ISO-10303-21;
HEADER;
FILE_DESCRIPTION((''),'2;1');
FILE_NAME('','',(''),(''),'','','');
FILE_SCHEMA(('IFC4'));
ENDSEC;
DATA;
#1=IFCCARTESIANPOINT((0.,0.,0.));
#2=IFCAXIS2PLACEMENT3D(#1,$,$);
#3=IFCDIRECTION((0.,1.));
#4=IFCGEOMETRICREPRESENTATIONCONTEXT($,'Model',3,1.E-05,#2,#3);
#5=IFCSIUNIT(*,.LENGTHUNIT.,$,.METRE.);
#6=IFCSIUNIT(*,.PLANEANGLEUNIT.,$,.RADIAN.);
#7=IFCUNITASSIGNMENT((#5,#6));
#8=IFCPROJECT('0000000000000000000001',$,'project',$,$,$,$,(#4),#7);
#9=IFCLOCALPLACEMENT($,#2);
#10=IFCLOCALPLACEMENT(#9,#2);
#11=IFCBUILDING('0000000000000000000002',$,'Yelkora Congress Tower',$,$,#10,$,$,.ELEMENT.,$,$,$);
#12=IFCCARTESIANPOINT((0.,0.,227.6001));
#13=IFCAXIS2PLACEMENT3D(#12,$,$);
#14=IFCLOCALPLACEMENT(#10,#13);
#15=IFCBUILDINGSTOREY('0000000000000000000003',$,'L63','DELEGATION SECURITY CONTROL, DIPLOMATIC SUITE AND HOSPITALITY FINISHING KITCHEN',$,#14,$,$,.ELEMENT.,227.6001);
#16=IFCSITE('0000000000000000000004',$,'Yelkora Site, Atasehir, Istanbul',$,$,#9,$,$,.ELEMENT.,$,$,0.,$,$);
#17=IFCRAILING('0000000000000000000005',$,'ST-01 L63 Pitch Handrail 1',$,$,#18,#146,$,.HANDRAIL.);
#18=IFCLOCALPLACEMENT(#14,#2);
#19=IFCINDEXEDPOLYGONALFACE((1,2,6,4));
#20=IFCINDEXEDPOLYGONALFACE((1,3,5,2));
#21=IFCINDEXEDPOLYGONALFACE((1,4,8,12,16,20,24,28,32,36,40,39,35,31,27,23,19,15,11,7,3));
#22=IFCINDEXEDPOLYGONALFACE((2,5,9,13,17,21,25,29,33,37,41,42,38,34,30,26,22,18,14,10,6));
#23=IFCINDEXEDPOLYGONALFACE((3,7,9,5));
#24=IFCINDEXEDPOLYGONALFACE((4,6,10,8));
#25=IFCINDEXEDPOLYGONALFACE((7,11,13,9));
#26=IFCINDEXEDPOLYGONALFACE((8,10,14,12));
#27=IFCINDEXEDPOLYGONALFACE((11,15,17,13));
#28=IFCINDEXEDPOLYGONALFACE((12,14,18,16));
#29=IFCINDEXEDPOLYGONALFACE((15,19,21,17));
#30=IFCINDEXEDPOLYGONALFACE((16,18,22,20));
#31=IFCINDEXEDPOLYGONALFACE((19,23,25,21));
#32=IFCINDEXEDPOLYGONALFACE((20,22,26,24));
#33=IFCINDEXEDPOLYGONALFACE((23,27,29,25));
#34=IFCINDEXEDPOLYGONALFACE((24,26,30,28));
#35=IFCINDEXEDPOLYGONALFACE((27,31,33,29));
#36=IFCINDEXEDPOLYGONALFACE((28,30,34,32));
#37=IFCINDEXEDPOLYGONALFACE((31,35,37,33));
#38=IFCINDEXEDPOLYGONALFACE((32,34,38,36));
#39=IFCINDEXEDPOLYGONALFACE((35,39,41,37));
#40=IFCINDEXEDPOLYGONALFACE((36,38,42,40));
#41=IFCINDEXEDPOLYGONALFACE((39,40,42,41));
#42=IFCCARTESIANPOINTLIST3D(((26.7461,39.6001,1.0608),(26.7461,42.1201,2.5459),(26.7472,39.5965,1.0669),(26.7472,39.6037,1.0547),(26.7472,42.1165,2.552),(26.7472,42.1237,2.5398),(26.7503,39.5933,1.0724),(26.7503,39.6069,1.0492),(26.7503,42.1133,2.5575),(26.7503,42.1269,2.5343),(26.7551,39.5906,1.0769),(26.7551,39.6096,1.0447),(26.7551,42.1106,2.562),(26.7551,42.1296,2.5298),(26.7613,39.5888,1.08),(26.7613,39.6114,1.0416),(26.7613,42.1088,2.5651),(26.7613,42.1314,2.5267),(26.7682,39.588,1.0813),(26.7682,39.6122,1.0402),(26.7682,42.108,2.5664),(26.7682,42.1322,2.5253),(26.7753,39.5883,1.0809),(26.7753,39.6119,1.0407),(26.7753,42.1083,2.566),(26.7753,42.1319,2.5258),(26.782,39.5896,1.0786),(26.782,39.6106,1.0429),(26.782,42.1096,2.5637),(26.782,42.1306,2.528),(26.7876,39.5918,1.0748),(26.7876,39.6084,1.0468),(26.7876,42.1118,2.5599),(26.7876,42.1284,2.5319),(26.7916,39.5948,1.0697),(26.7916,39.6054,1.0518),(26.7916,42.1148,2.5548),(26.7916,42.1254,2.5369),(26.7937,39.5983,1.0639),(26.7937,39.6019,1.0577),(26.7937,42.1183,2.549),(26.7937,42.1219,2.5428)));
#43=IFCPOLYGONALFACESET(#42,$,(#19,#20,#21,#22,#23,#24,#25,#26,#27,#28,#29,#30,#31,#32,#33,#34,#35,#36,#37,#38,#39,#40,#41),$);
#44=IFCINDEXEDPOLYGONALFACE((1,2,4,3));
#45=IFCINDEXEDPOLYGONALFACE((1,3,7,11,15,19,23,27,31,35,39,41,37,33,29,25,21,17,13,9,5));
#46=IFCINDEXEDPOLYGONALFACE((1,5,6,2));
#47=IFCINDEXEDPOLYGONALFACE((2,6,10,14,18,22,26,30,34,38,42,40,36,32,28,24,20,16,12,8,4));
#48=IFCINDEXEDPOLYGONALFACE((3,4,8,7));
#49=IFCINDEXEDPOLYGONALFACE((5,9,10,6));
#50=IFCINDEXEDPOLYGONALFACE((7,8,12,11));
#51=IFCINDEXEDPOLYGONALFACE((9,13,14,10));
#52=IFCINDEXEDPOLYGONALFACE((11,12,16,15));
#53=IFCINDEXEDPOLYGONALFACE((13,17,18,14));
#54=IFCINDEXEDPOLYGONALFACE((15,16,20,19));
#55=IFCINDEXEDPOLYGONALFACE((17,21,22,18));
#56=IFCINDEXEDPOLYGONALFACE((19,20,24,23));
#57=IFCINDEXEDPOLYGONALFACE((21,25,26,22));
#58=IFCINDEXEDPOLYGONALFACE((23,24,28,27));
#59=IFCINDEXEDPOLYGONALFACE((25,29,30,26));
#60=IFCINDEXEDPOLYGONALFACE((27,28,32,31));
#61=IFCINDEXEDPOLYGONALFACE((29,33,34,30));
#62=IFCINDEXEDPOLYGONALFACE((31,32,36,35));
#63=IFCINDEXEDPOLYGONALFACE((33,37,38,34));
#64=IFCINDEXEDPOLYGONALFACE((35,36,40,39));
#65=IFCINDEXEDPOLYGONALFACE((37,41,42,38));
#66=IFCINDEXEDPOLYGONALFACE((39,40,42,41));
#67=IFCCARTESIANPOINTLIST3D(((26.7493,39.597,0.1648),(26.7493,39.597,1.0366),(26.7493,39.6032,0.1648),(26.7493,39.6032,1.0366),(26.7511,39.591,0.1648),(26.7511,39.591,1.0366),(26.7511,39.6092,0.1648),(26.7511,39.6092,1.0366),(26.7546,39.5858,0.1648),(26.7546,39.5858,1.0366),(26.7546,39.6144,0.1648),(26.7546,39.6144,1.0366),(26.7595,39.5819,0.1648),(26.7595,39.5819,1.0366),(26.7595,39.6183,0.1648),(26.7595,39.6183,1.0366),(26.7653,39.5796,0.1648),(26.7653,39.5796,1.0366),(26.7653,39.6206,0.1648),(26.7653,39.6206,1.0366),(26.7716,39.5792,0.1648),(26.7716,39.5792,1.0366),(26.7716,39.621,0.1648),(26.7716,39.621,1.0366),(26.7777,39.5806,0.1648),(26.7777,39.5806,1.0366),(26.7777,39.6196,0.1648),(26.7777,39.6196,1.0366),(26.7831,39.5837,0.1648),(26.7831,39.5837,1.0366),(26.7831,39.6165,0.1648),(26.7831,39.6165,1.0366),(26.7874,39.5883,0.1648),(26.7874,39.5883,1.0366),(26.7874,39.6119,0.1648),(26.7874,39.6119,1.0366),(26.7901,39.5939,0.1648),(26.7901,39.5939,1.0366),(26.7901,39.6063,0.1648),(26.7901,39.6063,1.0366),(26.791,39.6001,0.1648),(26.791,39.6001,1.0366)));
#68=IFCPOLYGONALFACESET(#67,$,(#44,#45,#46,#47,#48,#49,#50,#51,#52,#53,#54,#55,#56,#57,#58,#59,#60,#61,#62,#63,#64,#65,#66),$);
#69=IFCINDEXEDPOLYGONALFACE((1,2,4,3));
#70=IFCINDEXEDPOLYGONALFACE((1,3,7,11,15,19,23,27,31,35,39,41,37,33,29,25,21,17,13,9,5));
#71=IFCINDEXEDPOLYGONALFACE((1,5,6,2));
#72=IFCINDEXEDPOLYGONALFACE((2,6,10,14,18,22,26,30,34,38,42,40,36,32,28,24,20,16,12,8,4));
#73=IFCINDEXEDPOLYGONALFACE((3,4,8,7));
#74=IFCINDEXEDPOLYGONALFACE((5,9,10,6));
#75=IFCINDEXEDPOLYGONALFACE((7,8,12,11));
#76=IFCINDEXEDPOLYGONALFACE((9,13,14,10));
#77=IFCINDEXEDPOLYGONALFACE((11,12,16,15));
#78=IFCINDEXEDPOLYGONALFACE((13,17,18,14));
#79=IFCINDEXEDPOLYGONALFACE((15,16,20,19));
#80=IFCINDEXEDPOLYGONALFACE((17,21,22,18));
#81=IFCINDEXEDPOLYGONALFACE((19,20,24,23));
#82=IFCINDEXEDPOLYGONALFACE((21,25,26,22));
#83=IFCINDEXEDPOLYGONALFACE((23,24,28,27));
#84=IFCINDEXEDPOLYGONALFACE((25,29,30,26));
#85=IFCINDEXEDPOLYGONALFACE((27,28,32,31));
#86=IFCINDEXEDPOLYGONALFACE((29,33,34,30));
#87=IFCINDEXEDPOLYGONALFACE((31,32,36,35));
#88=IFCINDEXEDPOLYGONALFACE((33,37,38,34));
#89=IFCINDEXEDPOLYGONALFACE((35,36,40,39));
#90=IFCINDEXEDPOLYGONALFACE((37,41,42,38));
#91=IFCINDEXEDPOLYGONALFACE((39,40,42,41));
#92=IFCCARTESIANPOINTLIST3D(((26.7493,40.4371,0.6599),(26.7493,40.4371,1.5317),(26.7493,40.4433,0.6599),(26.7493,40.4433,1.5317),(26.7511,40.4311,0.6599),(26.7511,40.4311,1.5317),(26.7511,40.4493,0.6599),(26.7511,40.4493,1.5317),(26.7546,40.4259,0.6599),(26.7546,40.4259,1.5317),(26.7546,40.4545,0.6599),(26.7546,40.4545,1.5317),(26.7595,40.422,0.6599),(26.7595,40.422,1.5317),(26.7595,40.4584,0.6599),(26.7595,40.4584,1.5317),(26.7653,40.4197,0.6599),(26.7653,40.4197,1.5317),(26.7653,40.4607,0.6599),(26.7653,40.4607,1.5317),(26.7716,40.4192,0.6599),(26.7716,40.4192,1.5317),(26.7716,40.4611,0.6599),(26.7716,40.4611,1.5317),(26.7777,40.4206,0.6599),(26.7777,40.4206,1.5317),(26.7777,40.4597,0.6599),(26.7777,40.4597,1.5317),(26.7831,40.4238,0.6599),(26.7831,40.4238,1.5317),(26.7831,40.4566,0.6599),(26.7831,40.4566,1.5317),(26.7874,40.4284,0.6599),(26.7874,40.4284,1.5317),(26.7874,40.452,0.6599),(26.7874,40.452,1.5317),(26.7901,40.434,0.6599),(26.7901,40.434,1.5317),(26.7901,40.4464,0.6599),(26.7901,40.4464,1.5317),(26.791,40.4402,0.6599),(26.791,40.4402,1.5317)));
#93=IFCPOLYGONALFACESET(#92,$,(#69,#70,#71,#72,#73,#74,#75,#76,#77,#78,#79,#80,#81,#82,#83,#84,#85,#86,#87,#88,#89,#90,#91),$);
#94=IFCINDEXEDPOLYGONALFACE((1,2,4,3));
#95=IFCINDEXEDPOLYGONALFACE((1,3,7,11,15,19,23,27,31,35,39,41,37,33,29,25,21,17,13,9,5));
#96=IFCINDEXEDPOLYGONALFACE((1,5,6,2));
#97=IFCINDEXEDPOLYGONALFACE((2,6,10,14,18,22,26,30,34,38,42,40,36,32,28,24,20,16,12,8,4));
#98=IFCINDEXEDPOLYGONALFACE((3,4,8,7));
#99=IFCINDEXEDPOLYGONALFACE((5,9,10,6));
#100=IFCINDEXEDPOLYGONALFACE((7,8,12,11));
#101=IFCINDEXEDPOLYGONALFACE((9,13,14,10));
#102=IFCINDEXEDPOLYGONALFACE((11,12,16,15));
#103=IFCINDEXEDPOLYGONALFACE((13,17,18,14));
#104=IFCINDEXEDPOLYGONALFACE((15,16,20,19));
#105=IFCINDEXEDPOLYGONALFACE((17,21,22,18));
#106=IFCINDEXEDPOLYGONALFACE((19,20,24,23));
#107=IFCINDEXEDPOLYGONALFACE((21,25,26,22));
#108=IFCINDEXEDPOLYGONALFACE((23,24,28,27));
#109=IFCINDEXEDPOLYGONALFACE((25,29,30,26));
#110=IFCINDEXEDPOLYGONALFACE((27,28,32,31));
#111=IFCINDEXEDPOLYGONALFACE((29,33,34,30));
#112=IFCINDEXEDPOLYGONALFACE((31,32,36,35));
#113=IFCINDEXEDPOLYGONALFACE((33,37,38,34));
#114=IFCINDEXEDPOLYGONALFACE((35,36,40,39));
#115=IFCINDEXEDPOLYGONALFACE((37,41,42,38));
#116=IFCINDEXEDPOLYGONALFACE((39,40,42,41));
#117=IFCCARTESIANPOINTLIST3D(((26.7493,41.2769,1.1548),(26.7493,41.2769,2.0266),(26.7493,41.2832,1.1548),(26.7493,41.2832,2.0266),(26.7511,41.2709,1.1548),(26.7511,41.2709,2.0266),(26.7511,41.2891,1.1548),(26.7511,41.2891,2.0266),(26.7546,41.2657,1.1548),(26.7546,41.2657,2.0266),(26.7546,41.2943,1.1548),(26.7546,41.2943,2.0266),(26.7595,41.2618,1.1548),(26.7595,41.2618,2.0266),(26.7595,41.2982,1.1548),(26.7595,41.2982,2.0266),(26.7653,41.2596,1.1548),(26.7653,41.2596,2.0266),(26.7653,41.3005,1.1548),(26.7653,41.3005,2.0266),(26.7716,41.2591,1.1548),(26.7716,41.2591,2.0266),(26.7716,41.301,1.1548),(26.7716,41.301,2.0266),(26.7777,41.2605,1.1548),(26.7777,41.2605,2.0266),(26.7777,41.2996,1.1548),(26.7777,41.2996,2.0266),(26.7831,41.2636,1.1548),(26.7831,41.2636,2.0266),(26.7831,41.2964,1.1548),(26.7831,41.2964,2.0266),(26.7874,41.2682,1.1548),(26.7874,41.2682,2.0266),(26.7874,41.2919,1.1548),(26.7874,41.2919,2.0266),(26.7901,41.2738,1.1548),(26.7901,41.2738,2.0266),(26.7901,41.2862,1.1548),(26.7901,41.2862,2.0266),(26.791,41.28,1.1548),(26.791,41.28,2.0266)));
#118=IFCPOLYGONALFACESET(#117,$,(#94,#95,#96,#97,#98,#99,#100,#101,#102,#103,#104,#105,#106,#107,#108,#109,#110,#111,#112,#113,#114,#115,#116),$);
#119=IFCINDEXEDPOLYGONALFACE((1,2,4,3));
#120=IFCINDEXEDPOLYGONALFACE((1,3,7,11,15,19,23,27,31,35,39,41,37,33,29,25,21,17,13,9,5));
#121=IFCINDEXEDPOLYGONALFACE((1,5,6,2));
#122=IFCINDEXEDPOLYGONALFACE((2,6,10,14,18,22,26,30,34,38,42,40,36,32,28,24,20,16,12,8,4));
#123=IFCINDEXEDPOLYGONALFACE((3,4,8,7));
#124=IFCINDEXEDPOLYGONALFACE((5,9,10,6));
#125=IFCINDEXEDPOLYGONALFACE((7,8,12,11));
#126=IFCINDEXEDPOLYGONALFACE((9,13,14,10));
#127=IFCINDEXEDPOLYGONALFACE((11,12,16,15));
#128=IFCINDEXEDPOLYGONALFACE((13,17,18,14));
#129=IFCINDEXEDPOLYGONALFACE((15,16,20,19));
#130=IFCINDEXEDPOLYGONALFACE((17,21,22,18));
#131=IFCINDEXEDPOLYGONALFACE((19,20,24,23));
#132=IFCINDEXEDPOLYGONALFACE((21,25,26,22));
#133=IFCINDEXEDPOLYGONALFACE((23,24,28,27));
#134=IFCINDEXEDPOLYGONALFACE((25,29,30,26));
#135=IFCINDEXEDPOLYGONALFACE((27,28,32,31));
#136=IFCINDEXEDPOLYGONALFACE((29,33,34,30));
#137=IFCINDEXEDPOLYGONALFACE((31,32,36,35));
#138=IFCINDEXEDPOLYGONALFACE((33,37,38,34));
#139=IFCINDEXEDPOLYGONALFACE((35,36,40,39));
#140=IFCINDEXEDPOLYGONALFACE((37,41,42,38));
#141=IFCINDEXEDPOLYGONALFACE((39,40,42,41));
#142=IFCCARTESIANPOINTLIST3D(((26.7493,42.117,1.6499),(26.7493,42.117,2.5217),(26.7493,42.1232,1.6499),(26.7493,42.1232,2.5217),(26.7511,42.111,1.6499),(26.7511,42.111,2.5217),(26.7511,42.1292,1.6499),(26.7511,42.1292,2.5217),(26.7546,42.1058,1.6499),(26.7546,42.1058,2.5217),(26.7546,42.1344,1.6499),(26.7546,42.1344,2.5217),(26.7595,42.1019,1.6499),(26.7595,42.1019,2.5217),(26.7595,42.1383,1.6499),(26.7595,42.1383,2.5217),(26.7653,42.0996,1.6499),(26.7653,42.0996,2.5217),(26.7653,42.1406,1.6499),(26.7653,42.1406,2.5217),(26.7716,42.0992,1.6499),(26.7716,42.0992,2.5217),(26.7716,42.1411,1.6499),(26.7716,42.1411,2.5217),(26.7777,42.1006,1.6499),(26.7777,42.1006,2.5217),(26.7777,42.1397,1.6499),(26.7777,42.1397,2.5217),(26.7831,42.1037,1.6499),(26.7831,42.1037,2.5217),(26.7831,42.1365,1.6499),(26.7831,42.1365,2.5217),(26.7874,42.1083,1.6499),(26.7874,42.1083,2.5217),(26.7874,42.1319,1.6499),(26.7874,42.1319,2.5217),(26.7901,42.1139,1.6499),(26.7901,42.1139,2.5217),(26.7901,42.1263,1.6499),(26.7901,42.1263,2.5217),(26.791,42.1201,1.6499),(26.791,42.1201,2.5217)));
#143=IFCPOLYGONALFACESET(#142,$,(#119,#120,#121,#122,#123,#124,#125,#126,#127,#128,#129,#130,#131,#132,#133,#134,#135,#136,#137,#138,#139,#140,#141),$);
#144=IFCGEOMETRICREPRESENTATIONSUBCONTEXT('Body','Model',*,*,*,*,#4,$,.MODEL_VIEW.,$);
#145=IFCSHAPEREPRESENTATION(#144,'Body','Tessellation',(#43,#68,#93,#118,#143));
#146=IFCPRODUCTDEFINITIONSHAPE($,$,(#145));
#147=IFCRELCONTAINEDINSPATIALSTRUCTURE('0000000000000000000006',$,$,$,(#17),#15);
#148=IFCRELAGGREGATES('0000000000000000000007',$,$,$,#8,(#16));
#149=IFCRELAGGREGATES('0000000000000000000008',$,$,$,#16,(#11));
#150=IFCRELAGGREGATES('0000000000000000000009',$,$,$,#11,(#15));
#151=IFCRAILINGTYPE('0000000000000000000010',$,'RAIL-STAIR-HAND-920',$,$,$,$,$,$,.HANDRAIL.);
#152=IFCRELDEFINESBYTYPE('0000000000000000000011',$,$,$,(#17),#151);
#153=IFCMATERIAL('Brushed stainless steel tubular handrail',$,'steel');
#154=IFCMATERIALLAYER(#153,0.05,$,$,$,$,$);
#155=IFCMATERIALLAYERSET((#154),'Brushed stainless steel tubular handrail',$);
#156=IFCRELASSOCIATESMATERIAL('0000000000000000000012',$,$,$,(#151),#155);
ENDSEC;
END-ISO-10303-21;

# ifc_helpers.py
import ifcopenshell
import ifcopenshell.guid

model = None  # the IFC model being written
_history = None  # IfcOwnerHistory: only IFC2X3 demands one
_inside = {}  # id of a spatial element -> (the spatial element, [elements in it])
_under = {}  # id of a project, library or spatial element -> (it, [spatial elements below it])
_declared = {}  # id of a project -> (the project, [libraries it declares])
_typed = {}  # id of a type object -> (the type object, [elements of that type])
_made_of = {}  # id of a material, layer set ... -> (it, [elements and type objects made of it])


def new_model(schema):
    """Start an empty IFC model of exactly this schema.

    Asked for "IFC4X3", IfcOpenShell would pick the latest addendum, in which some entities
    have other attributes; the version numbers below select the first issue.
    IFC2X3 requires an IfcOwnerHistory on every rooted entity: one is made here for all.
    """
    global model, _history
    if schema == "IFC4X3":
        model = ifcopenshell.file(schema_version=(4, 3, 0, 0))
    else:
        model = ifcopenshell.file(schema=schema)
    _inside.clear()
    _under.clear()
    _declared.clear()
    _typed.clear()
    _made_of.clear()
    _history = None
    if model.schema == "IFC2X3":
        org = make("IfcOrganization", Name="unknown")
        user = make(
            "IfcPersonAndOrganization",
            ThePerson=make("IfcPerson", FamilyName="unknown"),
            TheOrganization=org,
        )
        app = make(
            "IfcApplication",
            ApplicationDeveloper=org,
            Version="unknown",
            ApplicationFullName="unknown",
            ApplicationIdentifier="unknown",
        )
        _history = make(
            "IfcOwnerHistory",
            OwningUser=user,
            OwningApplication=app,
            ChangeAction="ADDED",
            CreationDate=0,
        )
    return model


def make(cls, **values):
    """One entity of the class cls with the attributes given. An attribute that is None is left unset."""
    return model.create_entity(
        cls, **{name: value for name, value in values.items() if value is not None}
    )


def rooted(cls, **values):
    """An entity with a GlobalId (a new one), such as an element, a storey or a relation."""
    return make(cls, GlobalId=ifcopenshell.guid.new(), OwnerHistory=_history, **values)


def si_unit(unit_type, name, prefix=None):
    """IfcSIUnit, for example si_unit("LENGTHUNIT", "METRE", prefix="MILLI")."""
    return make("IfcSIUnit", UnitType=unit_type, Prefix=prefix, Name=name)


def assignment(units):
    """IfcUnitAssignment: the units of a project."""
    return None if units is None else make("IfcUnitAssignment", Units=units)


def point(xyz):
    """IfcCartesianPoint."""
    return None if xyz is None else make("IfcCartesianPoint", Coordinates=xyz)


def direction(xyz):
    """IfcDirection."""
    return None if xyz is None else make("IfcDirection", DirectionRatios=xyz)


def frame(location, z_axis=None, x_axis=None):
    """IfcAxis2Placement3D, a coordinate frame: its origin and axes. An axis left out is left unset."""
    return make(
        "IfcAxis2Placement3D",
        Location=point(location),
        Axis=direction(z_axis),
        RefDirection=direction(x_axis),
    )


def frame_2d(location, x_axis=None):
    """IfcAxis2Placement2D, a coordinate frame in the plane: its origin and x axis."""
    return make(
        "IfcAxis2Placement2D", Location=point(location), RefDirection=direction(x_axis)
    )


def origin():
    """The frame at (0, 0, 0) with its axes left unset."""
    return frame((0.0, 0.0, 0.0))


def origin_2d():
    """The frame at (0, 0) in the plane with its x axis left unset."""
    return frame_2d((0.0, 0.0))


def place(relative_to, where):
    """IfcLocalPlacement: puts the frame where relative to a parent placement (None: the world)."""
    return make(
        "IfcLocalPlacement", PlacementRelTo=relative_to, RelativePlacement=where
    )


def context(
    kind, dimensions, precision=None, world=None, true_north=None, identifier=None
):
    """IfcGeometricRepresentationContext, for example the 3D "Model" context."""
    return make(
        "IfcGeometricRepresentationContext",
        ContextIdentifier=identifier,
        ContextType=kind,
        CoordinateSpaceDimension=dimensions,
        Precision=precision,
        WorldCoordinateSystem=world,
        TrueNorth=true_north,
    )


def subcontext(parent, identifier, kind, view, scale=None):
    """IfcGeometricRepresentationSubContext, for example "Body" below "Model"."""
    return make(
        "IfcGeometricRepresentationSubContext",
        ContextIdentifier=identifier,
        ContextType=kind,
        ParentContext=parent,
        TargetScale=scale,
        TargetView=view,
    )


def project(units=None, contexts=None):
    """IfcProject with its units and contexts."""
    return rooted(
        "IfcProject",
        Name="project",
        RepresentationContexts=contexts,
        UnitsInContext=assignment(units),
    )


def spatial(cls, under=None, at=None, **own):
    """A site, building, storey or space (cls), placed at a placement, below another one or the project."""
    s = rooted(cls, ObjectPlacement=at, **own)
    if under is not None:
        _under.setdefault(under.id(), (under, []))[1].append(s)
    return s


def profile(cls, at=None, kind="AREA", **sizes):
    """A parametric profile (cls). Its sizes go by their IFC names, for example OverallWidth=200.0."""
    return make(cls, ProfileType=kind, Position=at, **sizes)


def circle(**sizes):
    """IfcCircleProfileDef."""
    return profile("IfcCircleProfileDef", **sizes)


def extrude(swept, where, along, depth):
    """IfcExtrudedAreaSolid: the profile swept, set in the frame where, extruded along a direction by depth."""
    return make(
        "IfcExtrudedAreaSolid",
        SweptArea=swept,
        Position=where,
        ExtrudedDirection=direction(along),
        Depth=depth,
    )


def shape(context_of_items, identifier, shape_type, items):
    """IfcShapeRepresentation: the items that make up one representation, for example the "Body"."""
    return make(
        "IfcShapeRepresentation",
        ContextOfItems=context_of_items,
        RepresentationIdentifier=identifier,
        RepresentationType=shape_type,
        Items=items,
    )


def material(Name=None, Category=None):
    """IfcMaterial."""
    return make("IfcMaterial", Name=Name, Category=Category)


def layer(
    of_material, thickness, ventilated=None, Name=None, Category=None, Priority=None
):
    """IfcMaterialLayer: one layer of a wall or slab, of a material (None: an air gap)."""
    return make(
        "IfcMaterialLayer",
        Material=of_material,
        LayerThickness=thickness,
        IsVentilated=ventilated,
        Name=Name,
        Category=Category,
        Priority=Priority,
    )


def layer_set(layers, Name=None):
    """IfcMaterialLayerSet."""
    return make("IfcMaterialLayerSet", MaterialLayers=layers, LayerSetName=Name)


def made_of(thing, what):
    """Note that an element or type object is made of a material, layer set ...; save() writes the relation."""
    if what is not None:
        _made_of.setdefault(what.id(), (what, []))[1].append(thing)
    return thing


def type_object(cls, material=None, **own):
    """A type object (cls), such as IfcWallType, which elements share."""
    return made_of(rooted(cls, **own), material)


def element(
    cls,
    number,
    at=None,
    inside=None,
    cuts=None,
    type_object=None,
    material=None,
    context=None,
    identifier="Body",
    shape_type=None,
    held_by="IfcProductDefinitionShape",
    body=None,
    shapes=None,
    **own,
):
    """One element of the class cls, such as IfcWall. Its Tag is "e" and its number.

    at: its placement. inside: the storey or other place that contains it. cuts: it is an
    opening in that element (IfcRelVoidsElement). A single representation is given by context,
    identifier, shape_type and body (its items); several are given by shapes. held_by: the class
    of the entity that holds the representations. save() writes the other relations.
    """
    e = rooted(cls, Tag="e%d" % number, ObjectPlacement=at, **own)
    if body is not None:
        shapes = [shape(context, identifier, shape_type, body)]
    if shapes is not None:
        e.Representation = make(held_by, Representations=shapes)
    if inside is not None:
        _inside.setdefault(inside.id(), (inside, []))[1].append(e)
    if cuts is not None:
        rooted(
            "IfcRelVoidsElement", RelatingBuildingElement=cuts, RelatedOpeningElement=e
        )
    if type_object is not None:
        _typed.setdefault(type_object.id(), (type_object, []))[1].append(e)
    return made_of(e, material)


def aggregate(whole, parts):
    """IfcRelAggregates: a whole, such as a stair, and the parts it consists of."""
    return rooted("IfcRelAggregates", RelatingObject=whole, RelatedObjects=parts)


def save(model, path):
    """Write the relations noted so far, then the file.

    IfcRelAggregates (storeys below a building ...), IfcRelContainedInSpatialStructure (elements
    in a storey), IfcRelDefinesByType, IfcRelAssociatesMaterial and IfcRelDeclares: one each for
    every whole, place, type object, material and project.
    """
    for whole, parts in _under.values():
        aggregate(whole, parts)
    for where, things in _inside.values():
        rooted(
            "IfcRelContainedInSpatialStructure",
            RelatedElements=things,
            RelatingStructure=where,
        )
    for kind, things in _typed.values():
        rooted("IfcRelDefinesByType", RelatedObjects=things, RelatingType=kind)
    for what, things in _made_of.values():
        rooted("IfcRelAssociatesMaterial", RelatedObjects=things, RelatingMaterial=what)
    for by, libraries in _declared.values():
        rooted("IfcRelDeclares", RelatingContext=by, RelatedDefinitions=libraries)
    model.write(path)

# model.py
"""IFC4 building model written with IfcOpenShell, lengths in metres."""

from ifc_helpers import new_model, si_unit, direction, frame, origin, origin_2d, place, context, subcontext, project, spatial, circle, extrude, material, layer, layer_set, type_object, element, save


model = new_model("IFC4")

# Units and contexts
model_context = context("Model", 3, precision=1e-05, world=origin(), true_north=direction((0.0, 1.0)))
body_context = subcontext(model_context, "Body", "Model", "MODEL_VIEW")
ifc_project = project(units=[si_unit("LENGTHUNIT", "METRE"), si_unit("PLANEANGLEUNIT", "RADIAN")], contexts=[model_context])

# Site, building, storey
site_placement = place(None, origin())
site = spatial("IfcSite", under=ifc_project, at=site_placement, Name="Yelkora Site, Atasehir, Istanbul", CompositionType="ELEMENT", RefElevation=0.0)
building_placement = place(site_placement, origin())
building = spatial("IfcBuilding", under=site, at=building_placement, Name="Yelkora Congress Tower", CompositionType="ELEMENT")
storey_placement = place(building_placement, frame((0.0, 0.0, 227.6001)))
storey = spatial("IfcBuildingStorey", under=building, at=storey_placement, Name="L63", Description="DELEGATION SECURITY CONTROL, DIPLOMATIC SUITE AND HOSPITALITY FINISHING KITCHEN", CompositionType="ELEMENT", Elevation=227.6001)

# Railing
ifc_material_1 = material(Name="Brushed stainless steel tubular handrail", Category="steel")
ifc_layer_1 = layer(ifc_material_1, 0.05)
ifc_layer_set_1 = layer_set([ifc_layer_1], Name="Brushed stainless steel tubular handrail")
railing_type_1 = type_object("IfcRailingType", Name="RAIL-STAIR-HAND-920", PredefinedType="HANDRAIL", material=ifc_layer_set_1)
railing_1_placement = place(storey_placement, frame((26.77, 39.6001, 0.1648)))
element("IfcRailing", 1, at=railing_1_placement, inside=storey, type_object=railing_type_1, Name="ST-01 L63 Pitch Handrail 1", PredefinedType="HANDRAIL", context=body_context, shape_type="SweptSolid", body=[
    extrude(circle(Radius=0.0239, at=origin_2d()), frame((0.0, 0.0, 0.896), z_axis=(0.0, 0.861524, 0.507717), x_axis=(-1.0, 0.0, 0.0)), (0.0, 0.0, 1.0), 2.925),
    extrude(circle(Radius=0.021, at=origin_2d()), origin(), (0.0, 0.0, 1.0), 0.8718),
    extrude(circle(Radius=0.021, at=origin_2d()), frame((0.0, 0.8401, 0.4951)), (0.0, 0.0, 1.0), 0.8718),
    extrude(circle(Radius=0.021, at=origin_2d()), frame((0.0, 1.6799, 0.99)), (0.0, 0.0, 1.0), 0.8718),
    extrude(circle(Radius=0.021, at=origin_2d()), frame((0.0, 2.52, 1.4851)), (0.0, 0.0, 1.0), 0.8718),
])

save(model, "model.ifc")
